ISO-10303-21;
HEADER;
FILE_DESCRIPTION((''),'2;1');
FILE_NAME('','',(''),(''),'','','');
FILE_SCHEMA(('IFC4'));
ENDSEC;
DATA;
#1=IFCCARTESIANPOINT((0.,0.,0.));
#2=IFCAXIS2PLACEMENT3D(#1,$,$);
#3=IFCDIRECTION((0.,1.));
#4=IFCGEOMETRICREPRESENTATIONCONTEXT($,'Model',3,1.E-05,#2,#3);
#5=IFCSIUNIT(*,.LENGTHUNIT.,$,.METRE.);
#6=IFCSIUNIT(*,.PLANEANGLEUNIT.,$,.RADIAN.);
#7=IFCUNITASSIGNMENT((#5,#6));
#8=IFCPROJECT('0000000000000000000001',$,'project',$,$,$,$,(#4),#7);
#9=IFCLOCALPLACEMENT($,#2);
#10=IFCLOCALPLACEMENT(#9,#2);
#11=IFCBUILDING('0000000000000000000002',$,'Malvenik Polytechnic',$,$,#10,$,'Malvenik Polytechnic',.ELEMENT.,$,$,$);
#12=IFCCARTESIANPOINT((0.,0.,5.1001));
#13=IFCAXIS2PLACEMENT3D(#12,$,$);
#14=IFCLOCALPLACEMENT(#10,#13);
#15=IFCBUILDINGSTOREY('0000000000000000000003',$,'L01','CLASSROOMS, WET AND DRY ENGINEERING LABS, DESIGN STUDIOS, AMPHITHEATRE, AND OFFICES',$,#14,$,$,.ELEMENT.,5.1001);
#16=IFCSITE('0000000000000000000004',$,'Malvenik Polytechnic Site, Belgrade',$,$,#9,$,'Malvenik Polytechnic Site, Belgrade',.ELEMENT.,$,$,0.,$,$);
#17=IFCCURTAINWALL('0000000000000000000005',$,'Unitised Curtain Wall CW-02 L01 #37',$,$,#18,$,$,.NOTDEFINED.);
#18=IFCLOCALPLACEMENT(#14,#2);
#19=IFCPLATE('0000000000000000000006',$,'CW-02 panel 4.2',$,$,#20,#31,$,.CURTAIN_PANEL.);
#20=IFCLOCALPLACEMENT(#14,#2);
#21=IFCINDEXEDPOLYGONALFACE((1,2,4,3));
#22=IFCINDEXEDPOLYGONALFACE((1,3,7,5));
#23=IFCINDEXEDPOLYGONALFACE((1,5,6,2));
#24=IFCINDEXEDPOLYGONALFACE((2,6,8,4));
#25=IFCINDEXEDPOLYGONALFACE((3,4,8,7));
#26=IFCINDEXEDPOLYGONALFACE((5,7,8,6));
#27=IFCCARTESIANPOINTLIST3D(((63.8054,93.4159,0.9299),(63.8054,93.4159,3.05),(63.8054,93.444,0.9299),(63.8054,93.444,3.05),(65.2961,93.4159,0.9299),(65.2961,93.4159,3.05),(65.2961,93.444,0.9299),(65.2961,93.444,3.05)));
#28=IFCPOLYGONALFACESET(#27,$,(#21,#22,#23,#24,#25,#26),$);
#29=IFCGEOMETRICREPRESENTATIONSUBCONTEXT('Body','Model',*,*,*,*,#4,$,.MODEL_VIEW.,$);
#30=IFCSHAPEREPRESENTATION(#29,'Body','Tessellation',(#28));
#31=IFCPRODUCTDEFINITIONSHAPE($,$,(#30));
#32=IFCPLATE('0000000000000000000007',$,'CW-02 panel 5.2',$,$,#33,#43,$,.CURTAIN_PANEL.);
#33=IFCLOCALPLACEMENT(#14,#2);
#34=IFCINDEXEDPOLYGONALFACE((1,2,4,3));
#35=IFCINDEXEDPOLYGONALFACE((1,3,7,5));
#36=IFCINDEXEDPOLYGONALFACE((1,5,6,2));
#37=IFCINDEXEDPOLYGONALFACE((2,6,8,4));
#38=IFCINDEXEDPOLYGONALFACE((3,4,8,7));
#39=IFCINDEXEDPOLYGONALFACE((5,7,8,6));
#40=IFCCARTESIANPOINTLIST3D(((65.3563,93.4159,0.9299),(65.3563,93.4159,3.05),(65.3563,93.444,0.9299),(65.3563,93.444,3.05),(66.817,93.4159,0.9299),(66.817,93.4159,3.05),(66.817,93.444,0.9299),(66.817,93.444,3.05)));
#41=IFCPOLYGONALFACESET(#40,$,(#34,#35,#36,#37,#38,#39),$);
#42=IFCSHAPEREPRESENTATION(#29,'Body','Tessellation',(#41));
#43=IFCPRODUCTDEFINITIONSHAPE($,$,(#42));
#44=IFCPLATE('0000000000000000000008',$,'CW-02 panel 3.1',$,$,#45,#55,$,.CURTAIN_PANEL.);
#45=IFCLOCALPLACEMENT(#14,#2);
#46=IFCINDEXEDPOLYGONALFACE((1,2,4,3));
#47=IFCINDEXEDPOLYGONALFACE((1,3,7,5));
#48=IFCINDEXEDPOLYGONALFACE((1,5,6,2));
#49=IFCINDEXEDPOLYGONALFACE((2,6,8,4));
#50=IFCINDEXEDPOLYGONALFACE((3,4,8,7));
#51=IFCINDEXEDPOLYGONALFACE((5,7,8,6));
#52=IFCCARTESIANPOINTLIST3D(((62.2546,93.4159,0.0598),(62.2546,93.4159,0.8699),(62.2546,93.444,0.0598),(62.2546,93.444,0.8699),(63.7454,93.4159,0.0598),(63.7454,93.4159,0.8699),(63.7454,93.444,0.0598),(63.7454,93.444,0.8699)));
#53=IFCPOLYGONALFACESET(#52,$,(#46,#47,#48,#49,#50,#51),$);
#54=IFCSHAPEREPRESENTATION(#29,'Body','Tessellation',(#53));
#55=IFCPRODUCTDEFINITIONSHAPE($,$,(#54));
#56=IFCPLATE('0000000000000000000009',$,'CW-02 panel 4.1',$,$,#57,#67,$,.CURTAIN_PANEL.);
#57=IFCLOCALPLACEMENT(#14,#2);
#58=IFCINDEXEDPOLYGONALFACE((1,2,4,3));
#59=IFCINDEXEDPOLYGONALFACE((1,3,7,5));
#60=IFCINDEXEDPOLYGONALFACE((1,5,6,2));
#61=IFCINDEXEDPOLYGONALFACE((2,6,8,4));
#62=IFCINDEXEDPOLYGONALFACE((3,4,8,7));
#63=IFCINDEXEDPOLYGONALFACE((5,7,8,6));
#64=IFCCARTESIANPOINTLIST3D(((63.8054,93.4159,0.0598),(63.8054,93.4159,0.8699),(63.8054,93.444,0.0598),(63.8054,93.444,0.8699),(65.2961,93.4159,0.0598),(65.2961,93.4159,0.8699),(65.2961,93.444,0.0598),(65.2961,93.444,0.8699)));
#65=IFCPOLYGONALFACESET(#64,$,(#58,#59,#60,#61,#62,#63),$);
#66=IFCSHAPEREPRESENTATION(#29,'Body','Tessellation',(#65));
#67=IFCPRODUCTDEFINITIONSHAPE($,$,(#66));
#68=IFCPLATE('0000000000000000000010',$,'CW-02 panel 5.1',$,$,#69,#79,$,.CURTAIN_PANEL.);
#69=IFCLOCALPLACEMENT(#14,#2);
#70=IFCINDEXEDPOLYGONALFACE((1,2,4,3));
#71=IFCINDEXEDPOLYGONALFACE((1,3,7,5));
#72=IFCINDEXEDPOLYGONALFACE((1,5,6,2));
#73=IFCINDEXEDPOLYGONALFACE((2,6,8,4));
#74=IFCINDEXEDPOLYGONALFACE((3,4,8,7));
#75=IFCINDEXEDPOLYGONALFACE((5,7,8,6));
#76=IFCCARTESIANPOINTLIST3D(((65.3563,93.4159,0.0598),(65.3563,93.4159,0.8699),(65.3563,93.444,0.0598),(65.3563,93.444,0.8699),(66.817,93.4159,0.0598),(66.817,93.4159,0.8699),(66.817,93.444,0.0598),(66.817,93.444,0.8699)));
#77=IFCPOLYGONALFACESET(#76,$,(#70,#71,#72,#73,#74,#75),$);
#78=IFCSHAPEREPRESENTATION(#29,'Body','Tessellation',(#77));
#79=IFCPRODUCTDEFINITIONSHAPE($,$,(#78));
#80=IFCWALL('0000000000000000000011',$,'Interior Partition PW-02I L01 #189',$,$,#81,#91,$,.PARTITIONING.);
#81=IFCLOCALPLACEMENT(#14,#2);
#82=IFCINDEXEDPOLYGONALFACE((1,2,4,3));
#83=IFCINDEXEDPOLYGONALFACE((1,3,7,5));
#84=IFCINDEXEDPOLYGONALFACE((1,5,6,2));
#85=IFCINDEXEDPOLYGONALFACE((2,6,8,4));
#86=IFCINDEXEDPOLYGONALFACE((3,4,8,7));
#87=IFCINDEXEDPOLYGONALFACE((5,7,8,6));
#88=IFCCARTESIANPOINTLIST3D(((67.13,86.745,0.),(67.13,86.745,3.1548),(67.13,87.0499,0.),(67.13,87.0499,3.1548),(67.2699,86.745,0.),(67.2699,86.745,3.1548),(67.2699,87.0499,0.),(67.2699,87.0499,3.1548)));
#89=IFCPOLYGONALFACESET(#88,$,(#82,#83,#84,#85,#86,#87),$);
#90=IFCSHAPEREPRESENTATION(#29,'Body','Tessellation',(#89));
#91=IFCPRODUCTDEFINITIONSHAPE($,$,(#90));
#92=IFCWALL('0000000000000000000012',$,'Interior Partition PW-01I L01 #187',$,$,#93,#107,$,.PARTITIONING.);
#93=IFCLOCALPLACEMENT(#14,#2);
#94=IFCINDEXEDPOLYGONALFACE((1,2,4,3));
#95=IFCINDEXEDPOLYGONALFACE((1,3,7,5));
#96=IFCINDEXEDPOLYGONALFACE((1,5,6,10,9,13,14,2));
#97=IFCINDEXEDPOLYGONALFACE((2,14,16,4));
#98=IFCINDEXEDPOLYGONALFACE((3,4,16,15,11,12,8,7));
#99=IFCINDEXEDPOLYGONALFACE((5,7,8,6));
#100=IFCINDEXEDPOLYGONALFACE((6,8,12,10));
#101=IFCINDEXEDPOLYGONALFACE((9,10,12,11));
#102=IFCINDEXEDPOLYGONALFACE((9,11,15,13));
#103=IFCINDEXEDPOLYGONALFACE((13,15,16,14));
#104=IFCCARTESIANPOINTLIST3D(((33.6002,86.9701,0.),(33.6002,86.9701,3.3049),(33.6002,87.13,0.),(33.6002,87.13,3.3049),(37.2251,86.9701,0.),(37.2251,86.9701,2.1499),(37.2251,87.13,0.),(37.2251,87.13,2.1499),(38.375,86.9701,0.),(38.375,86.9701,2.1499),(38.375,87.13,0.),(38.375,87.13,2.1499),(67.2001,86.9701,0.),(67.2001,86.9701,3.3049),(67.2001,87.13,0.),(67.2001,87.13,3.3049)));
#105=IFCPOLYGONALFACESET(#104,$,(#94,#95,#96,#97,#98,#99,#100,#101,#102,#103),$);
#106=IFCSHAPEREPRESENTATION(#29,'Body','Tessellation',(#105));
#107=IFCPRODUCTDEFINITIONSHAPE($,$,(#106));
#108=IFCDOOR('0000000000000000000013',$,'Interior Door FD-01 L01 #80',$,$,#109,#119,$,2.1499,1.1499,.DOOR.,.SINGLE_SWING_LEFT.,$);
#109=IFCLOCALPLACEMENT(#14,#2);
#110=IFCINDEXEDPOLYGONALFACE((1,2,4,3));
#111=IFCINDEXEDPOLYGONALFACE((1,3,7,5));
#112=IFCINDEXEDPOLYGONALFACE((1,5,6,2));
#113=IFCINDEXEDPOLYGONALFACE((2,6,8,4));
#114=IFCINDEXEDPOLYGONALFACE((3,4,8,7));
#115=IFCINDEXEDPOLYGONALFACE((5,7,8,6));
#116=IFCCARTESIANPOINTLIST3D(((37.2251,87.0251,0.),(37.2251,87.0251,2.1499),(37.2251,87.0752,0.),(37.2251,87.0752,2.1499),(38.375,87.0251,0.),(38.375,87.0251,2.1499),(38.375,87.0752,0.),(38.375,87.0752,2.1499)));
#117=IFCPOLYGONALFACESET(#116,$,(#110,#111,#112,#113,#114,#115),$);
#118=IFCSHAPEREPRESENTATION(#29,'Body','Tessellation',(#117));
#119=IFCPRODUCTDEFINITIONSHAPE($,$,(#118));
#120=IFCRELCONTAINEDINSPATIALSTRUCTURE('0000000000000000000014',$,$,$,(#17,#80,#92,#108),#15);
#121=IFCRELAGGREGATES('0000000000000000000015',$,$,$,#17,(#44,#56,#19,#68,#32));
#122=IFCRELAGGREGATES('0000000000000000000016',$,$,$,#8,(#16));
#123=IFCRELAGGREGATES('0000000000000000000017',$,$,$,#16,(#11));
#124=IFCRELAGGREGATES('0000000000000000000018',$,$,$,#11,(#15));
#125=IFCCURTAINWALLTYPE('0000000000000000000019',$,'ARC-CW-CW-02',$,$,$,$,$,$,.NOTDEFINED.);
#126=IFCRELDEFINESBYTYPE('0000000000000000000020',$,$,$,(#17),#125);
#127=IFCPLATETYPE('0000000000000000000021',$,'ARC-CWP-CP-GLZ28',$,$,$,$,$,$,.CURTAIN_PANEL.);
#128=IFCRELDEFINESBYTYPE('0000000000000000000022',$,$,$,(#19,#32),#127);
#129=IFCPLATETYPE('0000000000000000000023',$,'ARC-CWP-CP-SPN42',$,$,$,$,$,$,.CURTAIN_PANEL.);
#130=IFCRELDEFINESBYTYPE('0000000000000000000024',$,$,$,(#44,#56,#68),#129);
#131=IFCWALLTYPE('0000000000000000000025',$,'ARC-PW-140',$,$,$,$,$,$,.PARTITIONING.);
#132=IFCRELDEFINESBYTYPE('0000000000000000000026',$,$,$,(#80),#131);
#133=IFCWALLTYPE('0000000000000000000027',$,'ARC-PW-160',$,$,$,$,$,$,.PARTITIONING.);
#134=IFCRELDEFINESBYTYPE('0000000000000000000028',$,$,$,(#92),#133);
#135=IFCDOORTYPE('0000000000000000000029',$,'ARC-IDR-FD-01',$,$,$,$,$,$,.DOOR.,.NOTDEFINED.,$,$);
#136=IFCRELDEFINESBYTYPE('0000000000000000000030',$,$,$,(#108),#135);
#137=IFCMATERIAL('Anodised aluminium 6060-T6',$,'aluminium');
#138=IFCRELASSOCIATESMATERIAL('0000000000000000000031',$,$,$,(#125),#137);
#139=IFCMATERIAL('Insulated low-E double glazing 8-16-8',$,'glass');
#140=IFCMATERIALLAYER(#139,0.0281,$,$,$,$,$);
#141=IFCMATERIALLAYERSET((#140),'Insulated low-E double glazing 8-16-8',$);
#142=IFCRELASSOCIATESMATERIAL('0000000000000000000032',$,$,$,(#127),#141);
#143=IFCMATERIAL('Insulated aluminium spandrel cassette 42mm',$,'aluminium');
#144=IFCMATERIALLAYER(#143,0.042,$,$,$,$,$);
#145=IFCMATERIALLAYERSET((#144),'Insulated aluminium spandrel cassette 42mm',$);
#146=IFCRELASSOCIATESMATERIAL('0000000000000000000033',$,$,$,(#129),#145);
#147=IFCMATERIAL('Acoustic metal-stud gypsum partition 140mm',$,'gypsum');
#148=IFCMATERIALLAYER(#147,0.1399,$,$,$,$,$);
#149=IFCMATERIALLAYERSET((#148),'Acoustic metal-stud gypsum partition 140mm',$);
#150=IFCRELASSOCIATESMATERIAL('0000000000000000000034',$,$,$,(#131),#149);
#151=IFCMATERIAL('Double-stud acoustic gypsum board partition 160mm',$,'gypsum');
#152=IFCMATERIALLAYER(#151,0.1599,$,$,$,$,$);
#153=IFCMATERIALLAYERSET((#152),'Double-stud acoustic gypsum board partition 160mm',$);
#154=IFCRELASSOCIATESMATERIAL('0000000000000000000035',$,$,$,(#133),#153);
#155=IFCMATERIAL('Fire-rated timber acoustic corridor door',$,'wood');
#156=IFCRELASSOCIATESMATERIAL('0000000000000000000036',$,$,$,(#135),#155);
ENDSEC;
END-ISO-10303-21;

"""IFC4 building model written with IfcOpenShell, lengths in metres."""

from ifc_helpers import new_model, si_unit, direction, frame, frame_2d, origin, origin_2d, place, context, subcontext, project, spatial, rectangle, extrude, material, layer, layer_set, type_object, element, fill, aggregate, save


model = new_model("IFC4")

# Units and contexts
model_context = context("Model", 3, precision=1e-05, world=origin(), true_north=direction((0.0, 1.0)))
body_context = subcontext(model_context, "Body", "Model", "MODEL_VIEW")
ifc_project = project(units=[si_unit("LENGTHUNIT", "METRE"), si_unit("PLANEANGLEUNIT", "RADIAN")], contexts=[model_context])

# Site, building, storey
site_placement = place(None, origin())
site = spatial("IfcSite", under=ifc_project, at=site_placement, Name="Malvenik Polytechnic Site, Belgrade", LongName="Malvenik Polytechnic Site, Belgrade", CompositionType="ELEMENT", RefElevation=0.0)
building_placement = place(site_placement, origin())
building = spatial("IfcBuilding", under=site, at=building_placement, Name="Malvenik Polytechnic", LongName="Malvenik Polytechnic", CompositionType="ELEMENT")
storey_placement = place(building_placement, frame((0.0, 0.0, 5.1001)))
storey = spatial("IfcBuildingStorey", under=building, at=storey_placement, Name="L01", Description="CLASSROOMS, WET AND DRY ENGINEERING LABS, DESIGN STUDIOS, AMPHITHEATRE, AND OFFICES", CompositionType="ELEMENT", Elevation=5.1001)

# Curtain wall
ifc_material_1 = material(Name="Anodised aluminium 6060-T6", Category="aluminium")
curtain_wall_type = type_object("IfcCurtainWallType", Name="ARC-CW-CW-02", PredefinedType="NOTDEFINED", material=ifc_material_1)
curtain_wall_placement = place(storey_placement, origin())
curtain_wall = element("IfcCurtainWall", 1, at=curtain_wall_placement, inside=storey, type_object=curtain_wall_type, Name="Unitised Curtain Wall CW-02 L01 #37", PredefinedType="NOTDEFINED")

# Plates
ifc_material_2 = material(Name="Insulated low-E double glazing 8-16-8", Category="glass")
ifc_layer_1 = layer(ifc_material_2, 0.0281)
ifc_layer_set_1 = layer_set([ifc_layer_1], Name="Insulated low-E double glazing 8-16-8")
plate_type_1 = type_object("IfcPlateType", Name="ARC-CWP-CP-GLZ28", PredefinedType="CURTAIN_PANEL", material=ifc_layer_set_1)
plate_1_placement = place(storey_placement, frame((64.5508, 93.4299, 0.9299), z_axis=(0.0, 0.0, 1.0), x_axis=(1.0, 0.0, 0.0)))
plate_1 = element("IfcPlate", 2, at=plate_1_placement, type_object=plate_type_1, Name="CW-02 panel 4.2", PredefinedType="CURTAIN_PANEL", context=body_context, shape_type="SweptSolid", body=[
    extrude(rectangle(XDim=1.4907, YDim=0.0281, at=origin_2d()), origin(), (0.0, 0.0, 1.0), 2.1201),
])
plate_2_placement = place(storey_placement, frame((66.0867, 93.4299, 0.9299), z_axis=(0.0, 0.0, 1.0), x_axis=(1.0, 0.0, 0.0)))
plate_2 = element("IfcPlate", 3, at=plate_2_placement, type_object=plate_type_1, Name="CW-02 panel 5.2", PredefinedType="CURTAIN_PANEL", context=body_context, shape_type="SweptSolid", body=[
    extrude(rectangle(XDim=1.4607, YDim=0.0281, at=origin_2d()), origin(), (0.0, 0.0, 1.0), 2.1201),
])
ifc_material_3 = material(Name="Insulated aluminium spandrel cassette 42mm", Category="aluminium")
ifc_layer_2 = layer(ifc_material_3, 0.042)
ifc_layer_set_2 = layer_set([ifc_layer_2], Name="Insulated aluminium spandrel cassette 42mm")
plate_type_2 = type_object("IfcPlateType", Name="ARC-CWP-CP-SPN42", PredefinedType="CURTAIN_PANEL", material=ifc_layer_set_2)
plate_3_placement = place(storey_placement, frame((63.0, 93.4299, 0.0598), z_axis=(0.0, 0.0, 1.0), x_axis=(1.0, 0.0, 0.0)))
plate_3 = element("IfcPlate", 4, at=plate_3_placement, type_object=plate_type_2, Name="CW-02 panel 3.1", PredefinedType="CURTAIN_PANEL", context=body_context, shape_type="SweptSolid", body=[
    extrude(rectangle(XDim=1.4907, YDim=0.0281, at=origin_2d()), origin(), (0.0, 0.0, 1.0), 0.8101),
])
plate_4_placement = place(storey_placement, frame((64.5508, 93.4299, 0.0598), z_axis=(0.0, 0.0, 1.0), x_axis=(1.0, 0.0, 0.0)))
plate_4 = element("IfcPlate", 5, at=plate_4_placement, type_object=plate_type_2, Name="CW-02 panel 4.1", PredefinedType="CURTAIN_PANEL", context=body_context, shape_type="SweptSolid", body=[
    extrude(rectangle(XDim=1.4907, YDim=0.0281, at=origin_2d()), origin(), (0.0, 0.0, 1.0), 0.8101),
])
plate_5_placement = place(storey_placement, frame((66.0867, 93.4299, 0.0598), z_axis=(0.0, 0.0, 1.0), x_axis=(1.0, 0.0, 0.0)))
plate_5 = element("IfcPlate", 6, at=plate_5_placement, type_object=plate_type_2, Name="CW-02 panel 5.1", PredefinedType="CURTAIN_PANEL", context=body_context, shape_type="SweptSolid", body=[
    extrude(rectangle(XDim=1.4607, YDim=0.0281, at=origin_2d()), origin(), (0.0, 0.0, 1.0), 0.8101),
])
aggregate(curtain_wall, [plate_3, plate_4, plate_1, plate_5, plate_2])

# Wall
ifc_material_4 = material(Name="Acoustic metal-stud gypsum partition 140mm", Category="gypsum")
ifc_layer_3 = layer(ifc_material_4, 0.1399)
ifc_layer_set_3 = layer_set([ifc_layer_3], Name="Acoustic metal-stud gypsum partition 140mm")
wall_type_1 = type_object("IfcWallType", Name="ARC-PW-140", PredefinedType="PARTITIONING", material=ifc_layer_set_3)
wall_1_placement = place(storey_placement, frame((67.2, 86.7451, 0.0), z_axis=(0.0, 0.0, 1.0), x_axis=(0.0, 1.0, 0.0)))
element("IfcWall", 7, at=wall_1_placement, inside=storey, type_object=wall_type_1, Name="Interior Partition PW-02I L01 #189", PredefinedType="PARTITIONING", context=body_context, shape_type="SweptSolid", body=[
    extrude(rectangle(XDim=0.3049, YDim=0.1399, at=frame_2d((0.1523, 0.0))), origin(), (0.0, 0.0, 1.0), 3.1548),
])

# Wall, opening, door
ifc_material_5 = material(Name="Double-stud acoustic gypsum board partition 160mm", Category="gypsum")
ifc_layer_4 = layer(ifc_material_5, 0.1599)
ifc_layer_set_4 = layer_set([ifc_layer_4], Name="Double-stud acoustic gypsum board partition 160mm")
wall_type_2 = type_object("IfcWallType", Name="ARC-PW-160", PredefinedType="PARTITIONING", material=ifc_layer_set_4)
wall_2_placement = place(storey_placement, frame((67.2, 87.05, 0.0), z_axis=(0.0, 0.0, 1.0), x_axis=(-1.0, 0.0, 0.0)))
wall_2 = element("IfcWall", 8, at=wall_2_placement, inside=storey, type_object=wall_type_2, Name="Interior Partition PW-01I L01 #187", PredefinedType="PARTITIONING", context=body_context, shape_type="SweptSolid", body=[
    extrude(rectangle(XDim=33.5999, YDim=0.1599, at=frame_2d((16.7998, 0.0))), origin(), (0.0, 0.0, 1.0), 3.3049),
])
opening_placement = place(wall_2_placement, frame((28.825, 0.0, 0.0)))
opening = element("IfcOpeningElement", 9, at=opening_placement, cuts=wall_2, PredefinedType="OPENING", context=body_context, shape_type="SweptSolid", body=[
    extrude(rectangle(XDim=1.1499, YDim=2.1499, at=frame_2d((0.575, 1.075))), frame((0.0, 0.0898, 0.0), z_axis=(0.0, -1.0, 0.0), x_axis=(1.0, 0.0, 0.0)), (0.0, 0.0, 1.0), 0.1799),
])
ifc_material_6 = material(Name="Fire-rated timber acoustic corridor door", Category="wood")
door_type = type_object("IfcDoorType", Name="ARC-IDR-FD-01", OperationType="NOTDEFINED", PredefinedType="DOOR", material=ifc_material_6)
door_placement = place(opening_placement, origin())
door = element("IfcDoor", 10, at=door_placement, inside=storey, type_object=door_type, Name="Interior Door FD-01 L01 #80", OperationType="SINGLE_SWING_LEFT", OverallHeight=2.1499, OverallWidth=1.1499, PredefinedType="DOOR", context=body_context, shape_type="SweptSolid", body=[
    extrude(rectangle(XDim=1.1499, YDim=2.1499, at=frame_2d((0.575, 1.075))), frame((0.0, 0.0249, 0.0), z_axis=(0.0, -1.0, 0.0), x_axis=(1.0, 0.0, 0.0)), (0.0, 0.0, 1.0), 0.05),
])
fill(opening, door)

save(model, "model.ifc")
